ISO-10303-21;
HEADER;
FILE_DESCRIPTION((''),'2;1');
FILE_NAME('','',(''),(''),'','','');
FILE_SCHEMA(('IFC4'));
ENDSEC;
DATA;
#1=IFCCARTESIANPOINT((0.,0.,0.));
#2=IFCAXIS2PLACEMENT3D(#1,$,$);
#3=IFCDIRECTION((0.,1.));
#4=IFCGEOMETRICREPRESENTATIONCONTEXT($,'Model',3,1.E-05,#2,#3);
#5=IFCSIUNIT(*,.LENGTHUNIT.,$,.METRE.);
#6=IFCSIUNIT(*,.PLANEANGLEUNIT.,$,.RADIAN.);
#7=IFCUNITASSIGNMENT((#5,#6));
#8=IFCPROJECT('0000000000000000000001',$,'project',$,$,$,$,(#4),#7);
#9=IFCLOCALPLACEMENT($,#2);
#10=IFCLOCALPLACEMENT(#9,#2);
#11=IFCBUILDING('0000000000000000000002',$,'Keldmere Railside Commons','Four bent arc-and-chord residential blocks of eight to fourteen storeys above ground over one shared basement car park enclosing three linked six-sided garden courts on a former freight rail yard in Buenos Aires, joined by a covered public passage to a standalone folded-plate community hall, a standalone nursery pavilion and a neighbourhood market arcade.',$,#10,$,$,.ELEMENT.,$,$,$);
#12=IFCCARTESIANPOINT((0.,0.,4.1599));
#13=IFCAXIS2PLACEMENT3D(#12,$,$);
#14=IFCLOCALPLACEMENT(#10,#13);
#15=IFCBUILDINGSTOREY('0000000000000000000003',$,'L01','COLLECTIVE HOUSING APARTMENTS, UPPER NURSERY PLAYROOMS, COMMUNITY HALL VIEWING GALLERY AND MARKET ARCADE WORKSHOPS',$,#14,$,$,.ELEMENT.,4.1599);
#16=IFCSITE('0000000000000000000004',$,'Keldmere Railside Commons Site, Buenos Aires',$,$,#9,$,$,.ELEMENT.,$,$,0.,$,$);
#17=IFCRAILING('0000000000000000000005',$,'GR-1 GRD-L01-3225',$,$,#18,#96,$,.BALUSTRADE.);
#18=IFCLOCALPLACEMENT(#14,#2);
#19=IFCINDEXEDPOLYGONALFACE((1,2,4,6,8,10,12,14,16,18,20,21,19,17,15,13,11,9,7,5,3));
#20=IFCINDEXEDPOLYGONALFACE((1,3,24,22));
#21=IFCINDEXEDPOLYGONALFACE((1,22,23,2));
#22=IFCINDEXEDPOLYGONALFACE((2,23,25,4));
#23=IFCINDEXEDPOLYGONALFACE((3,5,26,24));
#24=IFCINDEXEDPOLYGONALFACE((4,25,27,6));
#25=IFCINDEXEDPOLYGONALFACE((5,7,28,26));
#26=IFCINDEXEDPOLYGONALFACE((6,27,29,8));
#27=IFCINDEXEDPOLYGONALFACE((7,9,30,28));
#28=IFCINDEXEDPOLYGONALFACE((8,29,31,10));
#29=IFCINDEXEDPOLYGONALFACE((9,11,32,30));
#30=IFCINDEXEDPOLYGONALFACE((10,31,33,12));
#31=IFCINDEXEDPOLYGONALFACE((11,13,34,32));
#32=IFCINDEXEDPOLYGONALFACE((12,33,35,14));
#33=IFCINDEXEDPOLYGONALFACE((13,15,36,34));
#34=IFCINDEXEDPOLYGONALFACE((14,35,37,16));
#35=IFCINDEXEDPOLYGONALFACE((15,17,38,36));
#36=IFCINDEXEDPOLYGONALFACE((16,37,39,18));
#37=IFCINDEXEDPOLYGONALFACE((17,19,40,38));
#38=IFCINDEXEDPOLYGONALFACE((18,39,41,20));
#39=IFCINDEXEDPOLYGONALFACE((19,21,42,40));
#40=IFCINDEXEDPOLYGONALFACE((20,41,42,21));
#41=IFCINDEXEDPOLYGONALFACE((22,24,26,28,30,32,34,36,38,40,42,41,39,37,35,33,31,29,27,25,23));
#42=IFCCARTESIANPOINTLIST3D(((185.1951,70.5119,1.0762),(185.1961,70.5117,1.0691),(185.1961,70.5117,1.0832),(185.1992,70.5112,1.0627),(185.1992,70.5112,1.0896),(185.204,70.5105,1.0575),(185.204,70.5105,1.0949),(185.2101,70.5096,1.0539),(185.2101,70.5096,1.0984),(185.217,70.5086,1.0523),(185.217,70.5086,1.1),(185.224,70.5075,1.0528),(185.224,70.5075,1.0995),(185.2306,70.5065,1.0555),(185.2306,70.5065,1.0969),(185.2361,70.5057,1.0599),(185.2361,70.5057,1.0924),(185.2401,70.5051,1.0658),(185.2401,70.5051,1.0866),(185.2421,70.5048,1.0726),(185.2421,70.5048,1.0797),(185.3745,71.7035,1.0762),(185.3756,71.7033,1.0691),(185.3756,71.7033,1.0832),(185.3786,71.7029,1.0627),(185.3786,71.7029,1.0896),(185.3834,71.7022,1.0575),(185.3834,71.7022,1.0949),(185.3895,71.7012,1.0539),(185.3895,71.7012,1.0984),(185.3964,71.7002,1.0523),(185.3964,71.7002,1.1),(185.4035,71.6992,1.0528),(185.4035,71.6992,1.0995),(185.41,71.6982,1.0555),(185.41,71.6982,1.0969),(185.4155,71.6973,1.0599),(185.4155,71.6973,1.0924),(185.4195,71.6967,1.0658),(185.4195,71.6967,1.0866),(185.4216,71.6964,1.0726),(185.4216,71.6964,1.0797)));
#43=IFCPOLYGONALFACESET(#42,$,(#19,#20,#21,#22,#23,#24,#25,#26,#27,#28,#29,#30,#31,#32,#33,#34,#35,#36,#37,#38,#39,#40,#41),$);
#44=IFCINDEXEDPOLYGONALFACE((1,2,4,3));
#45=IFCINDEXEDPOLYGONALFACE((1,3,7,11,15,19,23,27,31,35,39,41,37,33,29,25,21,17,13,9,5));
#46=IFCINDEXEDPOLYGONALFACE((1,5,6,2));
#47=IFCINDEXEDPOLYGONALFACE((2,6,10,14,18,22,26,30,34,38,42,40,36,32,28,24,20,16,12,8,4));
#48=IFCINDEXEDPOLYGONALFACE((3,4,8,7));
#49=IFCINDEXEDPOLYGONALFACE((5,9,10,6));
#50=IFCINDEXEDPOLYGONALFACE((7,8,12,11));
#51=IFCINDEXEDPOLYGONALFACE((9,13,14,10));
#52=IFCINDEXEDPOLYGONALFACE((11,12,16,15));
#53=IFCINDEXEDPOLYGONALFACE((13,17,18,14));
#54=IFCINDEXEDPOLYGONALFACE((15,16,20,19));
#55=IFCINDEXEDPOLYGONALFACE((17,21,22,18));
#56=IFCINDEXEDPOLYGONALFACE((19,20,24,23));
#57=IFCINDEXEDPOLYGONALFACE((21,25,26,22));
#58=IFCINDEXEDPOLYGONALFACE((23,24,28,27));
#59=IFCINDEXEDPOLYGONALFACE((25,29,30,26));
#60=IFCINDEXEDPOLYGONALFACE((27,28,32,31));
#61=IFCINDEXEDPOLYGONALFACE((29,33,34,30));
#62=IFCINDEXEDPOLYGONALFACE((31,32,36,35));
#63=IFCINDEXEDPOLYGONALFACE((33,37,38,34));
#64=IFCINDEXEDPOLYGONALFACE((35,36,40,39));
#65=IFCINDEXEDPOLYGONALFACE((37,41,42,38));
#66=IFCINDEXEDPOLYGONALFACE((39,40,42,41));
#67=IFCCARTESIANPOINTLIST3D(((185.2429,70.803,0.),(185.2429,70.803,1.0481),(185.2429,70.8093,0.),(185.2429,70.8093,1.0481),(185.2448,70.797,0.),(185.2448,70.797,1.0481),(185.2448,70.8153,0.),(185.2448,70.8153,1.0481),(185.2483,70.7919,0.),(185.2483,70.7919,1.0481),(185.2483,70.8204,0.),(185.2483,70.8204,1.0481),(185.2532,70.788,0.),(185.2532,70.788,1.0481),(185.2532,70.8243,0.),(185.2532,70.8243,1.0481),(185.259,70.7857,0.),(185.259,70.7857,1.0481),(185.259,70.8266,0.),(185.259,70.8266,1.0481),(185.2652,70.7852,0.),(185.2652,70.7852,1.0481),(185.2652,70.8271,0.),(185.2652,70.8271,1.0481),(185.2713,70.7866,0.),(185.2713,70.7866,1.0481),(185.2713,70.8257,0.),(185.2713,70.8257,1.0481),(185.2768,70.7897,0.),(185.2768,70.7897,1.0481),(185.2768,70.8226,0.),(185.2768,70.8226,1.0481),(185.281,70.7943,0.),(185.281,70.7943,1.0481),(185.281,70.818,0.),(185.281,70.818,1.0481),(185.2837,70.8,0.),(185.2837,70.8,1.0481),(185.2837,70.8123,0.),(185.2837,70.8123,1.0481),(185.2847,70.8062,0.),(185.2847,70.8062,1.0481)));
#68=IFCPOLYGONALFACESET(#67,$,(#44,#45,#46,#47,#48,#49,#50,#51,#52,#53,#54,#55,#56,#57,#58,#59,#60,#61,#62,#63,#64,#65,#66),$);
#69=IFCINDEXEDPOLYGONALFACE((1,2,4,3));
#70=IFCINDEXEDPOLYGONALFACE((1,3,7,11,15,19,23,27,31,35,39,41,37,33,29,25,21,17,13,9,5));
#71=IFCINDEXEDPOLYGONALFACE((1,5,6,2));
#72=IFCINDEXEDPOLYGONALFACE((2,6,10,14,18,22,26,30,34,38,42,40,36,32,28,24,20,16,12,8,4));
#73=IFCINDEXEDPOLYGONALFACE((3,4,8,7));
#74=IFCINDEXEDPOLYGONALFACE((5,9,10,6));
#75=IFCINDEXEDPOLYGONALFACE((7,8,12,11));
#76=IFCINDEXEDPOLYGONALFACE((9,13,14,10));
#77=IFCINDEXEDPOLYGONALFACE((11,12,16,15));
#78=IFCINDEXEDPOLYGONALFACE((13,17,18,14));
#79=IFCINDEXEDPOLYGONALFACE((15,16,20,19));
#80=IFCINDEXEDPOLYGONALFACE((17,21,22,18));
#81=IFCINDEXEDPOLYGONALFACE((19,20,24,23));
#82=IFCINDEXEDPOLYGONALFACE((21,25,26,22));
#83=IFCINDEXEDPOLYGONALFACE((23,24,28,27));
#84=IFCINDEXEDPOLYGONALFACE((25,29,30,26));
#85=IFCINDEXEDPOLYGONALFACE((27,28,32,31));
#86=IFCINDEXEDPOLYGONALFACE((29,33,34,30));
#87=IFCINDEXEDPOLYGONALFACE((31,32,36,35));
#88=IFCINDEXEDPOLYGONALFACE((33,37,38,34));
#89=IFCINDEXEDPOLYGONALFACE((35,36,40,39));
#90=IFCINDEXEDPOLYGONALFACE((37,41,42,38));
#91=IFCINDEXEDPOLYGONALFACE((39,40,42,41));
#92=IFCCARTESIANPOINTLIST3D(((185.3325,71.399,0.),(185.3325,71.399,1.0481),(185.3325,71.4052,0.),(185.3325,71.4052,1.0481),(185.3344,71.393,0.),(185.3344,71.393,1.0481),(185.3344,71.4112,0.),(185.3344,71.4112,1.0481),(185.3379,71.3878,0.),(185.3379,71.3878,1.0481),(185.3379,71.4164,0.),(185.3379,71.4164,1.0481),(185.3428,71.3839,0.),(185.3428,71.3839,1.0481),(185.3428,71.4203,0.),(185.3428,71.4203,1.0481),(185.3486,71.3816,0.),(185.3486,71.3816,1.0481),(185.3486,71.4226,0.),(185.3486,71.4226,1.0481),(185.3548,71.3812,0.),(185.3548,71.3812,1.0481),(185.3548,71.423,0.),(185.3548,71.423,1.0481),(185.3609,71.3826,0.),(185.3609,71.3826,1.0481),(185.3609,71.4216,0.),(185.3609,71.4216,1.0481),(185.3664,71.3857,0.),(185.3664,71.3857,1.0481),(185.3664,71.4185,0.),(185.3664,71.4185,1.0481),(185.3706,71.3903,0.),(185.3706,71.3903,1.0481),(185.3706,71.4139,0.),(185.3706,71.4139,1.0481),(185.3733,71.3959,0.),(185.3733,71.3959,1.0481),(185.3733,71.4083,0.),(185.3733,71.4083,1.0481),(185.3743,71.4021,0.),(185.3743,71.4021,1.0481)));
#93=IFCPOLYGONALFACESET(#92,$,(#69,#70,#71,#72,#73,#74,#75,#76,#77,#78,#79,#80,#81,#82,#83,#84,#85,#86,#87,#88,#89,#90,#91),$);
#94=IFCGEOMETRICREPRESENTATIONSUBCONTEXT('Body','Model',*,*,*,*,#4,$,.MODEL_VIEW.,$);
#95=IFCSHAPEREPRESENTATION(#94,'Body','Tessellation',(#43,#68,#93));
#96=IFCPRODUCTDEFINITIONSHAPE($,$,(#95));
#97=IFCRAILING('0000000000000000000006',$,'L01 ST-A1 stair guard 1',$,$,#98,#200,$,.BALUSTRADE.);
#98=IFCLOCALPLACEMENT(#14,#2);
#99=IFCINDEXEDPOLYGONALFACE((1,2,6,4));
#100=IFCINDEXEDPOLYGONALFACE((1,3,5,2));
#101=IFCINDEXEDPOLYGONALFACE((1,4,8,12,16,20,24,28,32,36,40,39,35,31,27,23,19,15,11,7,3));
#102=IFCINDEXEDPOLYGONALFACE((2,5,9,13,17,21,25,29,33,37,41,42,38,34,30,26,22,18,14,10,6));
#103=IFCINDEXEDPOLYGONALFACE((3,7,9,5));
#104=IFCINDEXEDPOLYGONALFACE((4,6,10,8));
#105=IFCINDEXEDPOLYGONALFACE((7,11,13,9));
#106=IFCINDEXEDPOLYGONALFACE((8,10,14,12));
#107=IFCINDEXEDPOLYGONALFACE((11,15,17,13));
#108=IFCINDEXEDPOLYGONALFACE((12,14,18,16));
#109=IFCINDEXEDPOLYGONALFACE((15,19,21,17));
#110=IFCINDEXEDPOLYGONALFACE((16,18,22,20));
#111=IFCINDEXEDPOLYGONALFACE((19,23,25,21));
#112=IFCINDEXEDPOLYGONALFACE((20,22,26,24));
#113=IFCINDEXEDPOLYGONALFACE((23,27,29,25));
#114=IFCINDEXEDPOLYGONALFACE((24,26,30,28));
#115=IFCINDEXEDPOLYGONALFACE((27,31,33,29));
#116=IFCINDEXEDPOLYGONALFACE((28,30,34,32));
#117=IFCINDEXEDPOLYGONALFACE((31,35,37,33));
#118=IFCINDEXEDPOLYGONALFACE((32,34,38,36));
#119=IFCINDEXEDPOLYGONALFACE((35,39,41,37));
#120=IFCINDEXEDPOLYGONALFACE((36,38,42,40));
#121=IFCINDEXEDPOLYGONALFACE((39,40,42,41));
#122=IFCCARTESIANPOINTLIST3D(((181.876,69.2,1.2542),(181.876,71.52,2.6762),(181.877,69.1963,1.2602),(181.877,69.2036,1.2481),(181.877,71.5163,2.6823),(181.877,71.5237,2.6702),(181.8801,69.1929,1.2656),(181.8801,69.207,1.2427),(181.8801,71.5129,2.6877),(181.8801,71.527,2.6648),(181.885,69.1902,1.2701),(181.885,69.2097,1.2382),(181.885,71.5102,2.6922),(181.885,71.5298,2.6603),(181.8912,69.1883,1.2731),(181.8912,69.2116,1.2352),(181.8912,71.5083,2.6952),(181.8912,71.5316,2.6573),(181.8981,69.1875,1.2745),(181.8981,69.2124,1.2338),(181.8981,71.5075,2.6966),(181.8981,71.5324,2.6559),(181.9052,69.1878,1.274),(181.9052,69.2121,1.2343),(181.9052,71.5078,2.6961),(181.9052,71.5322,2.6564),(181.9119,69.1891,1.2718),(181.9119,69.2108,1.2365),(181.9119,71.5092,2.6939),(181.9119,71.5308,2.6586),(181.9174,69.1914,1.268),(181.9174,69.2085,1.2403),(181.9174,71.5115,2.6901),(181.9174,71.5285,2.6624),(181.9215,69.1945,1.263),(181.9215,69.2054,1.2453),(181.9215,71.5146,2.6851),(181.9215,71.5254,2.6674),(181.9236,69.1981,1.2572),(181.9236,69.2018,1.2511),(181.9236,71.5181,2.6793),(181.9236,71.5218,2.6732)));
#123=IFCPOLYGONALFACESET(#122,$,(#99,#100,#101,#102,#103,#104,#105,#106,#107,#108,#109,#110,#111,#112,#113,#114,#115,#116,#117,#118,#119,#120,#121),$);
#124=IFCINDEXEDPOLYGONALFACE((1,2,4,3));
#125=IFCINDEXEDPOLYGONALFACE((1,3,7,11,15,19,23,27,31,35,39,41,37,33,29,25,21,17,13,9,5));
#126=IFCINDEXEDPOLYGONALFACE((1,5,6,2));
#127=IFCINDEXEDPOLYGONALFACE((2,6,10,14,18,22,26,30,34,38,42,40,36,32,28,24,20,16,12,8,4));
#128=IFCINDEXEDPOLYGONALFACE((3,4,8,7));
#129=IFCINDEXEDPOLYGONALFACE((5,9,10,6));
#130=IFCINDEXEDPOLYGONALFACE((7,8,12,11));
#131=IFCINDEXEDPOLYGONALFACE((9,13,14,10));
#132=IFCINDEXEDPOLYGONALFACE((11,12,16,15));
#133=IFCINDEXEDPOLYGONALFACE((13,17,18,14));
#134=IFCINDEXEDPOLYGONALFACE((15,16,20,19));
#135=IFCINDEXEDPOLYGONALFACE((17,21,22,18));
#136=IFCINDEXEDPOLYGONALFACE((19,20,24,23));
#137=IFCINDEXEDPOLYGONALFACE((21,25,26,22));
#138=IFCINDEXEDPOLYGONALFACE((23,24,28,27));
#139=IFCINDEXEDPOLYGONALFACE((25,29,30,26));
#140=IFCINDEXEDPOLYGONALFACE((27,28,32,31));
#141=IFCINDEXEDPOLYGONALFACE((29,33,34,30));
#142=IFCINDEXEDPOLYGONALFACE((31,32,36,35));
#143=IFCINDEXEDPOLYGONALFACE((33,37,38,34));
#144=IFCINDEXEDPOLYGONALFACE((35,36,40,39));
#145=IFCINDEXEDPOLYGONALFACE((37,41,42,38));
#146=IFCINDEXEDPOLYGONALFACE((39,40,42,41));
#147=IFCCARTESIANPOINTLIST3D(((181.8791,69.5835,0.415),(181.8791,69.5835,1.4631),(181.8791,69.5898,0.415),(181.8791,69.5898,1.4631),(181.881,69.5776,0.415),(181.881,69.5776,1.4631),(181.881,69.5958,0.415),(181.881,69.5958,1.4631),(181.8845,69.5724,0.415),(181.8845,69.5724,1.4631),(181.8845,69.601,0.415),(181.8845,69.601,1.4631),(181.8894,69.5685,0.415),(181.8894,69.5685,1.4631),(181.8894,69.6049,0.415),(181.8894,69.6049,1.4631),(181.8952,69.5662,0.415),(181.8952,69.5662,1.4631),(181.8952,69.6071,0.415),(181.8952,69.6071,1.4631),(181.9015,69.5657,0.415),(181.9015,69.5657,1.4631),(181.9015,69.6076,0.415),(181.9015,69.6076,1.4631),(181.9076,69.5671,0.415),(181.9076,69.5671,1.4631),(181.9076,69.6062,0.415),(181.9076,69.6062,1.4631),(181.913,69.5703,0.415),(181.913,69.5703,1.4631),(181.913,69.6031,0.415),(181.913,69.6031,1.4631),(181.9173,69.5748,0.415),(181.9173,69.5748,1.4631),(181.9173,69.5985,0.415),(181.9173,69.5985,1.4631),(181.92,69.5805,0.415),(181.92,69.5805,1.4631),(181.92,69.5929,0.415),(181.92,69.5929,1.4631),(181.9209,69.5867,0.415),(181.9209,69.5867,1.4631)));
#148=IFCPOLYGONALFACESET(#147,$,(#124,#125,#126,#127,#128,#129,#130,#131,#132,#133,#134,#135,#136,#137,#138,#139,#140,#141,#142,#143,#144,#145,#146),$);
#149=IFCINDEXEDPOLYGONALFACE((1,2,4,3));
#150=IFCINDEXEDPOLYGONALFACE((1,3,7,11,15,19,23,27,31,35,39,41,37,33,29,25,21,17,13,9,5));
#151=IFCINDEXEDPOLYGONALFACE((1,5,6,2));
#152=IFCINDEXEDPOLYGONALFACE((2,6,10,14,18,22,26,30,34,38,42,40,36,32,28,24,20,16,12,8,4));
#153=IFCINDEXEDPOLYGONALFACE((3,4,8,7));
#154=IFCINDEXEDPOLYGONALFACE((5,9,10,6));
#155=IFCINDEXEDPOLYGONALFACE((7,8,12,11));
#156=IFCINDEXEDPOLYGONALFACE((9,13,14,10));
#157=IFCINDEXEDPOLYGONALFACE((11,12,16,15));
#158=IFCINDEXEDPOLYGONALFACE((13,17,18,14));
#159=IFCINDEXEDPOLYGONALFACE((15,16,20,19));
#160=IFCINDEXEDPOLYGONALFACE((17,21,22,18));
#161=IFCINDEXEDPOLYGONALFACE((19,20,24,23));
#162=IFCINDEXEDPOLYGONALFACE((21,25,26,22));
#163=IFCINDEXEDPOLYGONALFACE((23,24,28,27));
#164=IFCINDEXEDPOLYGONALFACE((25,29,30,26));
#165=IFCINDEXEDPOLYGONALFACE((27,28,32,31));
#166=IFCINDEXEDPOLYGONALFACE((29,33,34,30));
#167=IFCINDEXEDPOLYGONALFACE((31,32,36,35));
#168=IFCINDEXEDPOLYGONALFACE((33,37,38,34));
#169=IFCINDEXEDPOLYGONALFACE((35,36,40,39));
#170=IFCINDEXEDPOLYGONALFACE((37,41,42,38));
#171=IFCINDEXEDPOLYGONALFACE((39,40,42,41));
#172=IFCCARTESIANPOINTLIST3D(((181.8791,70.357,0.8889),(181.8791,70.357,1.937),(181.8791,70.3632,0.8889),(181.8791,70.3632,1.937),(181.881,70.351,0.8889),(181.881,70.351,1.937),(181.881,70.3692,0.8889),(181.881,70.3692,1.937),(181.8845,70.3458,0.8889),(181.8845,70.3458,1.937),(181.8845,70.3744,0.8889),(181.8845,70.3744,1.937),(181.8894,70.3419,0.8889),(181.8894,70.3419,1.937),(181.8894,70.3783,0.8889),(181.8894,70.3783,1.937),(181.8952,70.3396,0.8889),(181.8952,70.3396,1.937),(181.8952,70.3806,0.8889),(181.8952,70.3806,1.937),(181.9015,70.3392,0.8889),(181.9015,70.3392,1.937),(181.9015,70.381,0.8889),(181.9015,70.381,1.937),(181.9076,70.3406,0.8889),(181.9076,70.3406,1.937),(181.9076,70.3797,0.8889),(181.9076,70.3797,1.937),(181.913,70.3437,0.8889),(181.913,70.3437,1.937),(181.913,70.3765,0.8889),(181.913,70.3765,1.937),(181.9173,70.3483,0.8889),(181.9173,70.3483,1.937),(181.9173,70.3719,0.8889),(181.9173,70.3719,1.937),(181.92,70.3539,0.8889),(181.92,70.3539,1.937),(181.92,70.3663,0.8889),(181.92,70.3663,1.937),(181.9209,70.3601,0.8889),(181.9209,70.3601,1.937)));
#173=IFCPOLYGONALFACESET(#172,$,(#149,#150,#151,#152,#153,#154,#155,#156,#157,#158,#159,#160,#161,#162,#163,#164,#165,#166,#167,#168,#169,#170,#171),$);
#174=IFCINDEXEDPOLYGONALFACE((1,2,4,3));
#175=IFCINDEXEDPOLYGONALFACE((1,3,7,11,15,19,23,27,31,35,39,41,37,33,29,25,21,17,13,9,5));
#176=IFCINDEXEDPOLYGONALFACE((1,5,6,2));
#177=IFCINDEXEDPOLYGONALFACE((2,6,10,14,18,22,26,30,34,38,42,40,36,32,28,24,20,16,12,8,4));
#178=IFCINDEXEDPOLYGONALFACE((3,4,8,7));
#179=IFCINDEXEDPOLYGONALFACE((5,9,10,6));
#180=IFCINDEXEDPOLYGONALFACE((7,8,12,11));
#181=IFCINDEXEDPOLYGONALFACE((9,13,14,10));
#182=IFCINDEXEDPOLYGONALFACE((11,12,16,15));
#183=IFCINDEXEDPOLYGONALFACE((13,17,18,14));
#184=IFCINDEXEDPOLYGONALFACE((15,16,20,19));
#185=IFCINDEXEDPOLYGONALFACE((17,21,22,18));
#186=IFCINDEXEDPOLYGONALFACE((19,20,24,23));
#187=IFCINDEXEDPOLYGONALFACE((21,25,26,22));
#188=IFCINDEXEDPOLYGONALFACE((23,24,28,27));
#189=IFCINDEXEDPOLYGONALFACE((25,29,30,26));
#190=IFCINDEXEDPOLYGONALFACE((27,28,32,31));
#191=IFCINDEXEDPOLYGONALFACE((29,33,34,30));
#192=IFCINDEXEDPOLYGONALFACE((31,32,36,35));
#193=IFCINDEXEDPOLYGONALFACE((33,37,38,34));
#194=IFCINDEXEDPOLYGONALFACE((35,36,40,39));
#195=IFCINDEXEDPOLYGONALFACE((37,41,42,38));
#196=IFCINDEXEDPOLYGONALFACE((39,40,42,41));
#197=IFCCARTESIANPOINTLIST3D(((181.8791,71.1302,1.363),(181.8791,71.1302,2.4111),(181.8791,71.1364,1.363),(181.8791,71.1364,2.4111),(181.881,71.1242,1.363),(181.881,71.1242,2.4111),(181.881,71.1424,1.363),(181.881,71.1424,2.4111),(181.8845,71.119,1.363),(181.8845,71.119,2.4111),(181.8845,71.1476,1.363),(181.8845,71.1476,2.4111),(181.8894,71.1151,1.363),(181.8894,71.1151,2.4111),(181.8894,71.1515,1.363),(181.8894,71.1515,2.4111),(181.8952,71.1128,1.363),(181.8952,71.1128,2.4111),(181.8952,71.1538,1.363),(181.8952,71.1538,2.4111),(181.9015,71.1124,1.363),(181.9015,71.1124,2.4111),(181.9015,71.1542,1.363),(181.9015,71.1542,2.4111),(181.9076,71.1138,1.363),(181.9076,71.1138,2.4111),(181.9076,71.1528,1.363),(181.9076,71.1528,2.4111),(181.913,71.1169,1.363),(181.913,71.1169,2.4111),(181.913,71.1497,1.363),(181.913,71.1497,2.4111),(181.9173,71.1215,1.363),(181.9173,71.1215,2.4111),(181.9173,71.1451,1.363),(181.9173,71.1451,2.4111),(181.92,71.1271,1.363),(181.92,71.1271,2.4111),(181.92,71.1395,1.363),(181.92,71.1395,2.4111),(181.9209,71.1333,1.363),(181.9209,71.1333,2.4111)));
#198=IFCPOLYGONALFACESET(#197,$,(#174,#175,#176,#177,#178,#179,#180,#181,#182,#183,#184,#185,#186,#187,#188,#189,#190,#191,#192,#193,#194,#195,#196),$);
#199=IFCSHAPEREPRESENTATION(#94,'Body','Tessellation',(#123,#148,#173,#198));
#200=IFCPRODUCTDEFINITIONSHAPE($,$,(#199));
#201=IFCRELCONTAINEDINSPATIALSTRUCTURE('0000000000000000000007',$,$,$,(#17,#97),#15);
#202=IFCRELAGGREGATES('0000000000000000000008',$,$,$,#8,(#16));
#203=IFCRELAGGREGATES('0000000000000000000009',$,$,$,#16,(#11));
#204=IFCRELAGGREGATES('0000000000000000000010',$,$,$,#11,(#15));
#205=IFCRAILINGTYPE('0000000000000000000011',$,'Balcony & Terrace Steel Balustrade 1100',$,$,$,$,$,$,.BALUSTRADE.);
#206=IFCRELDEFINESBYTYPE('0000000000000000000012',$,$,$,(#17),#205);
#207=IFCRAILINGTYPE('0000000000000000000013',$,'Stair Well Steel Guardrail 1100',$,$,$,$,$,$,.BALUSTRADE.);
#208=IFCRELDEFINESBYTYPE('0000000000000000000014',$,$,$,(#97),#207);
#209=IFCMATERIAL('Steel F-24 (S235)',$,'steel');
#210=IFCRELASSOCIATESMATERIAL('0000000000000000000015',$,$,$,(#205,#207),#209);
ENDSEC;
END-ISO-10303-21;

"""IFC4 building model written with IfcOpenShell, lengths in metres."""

from ifc_helpers import new_model, si_unit, direction, frame, origin, origin_2d, place, context, subcontext, project, spatial, circle, extrude, material, type_object, element, save


model = new_model("IFC4")

# Units and contexts
model_context = context("Model", 3, precision=1e-05, world=origin(), true_north=direction((0.0, 1.0)))
body_context = subcontext(model_context, "Body", "Model", "MODEL_VIEW")
ifc_project = project(units=[si_unit("LENGTHUNIT", "METRE"), si_unit("PLANEANGLEUNIT", "RADIAN")], contexts=[model_context])

# Site, building, storey
site_placement = place(None, origin())
site = spatial("IfcSite", under=ifc_project, at=site_placement, Name="Keldmere Railside Commons Site, Buenos Aires", CompositionType="ELEMENT", RefElevation=0.0)
building_placement = place(site_placement, origin())
building = spatial("IfcBuilding", under=site, at=building_placement, Name="Keldmere Railside Commons", Description="Four bent arc-and-chord residential blocks of eight to fourteen storeys above ground over one shared basement car park enclosing three linked six-sided garden courts on a former freight rail yard in Buenos Aires, joined by a covered public passage to a standalone folded-plate community hall, a standalone nursery pavilion and a neighbourhood market arcade.", CompositionType="ELEMENT")
storey_placement = place(building_placement, frame((0.0, 0.0, 4.1599)))
storey = spatial("IfcBuildingStorey", under=building, at=storey_placement, Name="L01", Description="COLLECTIVE HOUSING APARTMENTS, UPPER NURSERY PLAYROOMS, COMMUNITY HALL VIEWING GALLERY AND MARKET ARCADE WORKSHOPS", CompositionType="ELEMENT", Elevation=4.1599)

# Railings
ifc_material_1 = material(Name="Steel F-24 (S235)", Category="steel")
railing_type_1 = type_object("IfcRailingType", Name="Balcony & Terrace Steel Balustrade 1100", PredefinedType="BALUSTRADE", material=ifc_material_1)
railing_1_placement = place(storey_placement, frame((185.2188, 70.5083, 0.0)))
element("IfcRailing", 1, at=railing_1_placement, inside=storey, type_object=railing_type_1, Name="GR-1 GRD-L01-3225", PredefinedType="BALUSTRADE", context=body_context, shape_type="SweptSolid", body=[
    extrude(circle(Radius=0.0239, at=origin_2d()), frame((0.0, 0.0, 1.0762), z_axis=(0.148905, 0.988851, 0.0), x_axis=(-0.988851, 0.148905, 0.0)), (0.0, 0.0, 1.0), 1.2051),
    extrude(circle(Radius=0.021, at=origin_2d()), frame((0.0449, 0.2979, 0.0)), (0.0, 0.0, 1.0), 1.0481),
    extrude(circle(Radius=0.021, at=origin_2d()), frame((0.1345, 0.8938, 0.0)), (0.0, 0.0, 1.0), 1.0481),
])
railing_type_2 = type_object("IfcRailingType", Name="Stair Well Steel Guardrail 1100", PredefinedType="BALUSTRADE", material=ifc_material_1)
railing_2_placement = place(storey_placement, frame((181.8999, 69.2, 0.178)))
element("IfcRailing", 2, at=railing_2_placement, inside=storey, type_object=railing_type_2, Name="L01 ST-A1 stair guard 1", PredefinedType="BALUSTRADE", context=body_context, shape_type="SweptSolid", body=[
    extrude(circle(Radius=0.0239, at=origin_2d()), frame((0.0, 0.0, 1.0762), z_axis=(0.0, 0.852578, 0.5226), x_axis=(-1.0, 0.0, 0.0)), (0.0, 0.0, 1.0), 2.7212),
    extrude(circle(Radius=0.021, at=origin_2d()), frame((0.0, 0.3867, 0.2371)), (0.0, 0.0, 1.0), 1.0481),
    extrude(circle(Radius=0.021, at=origin_2d()), frame((0.0, 1.1602, 0.7109)), (0.0, 0.0, 1.0), 1.0481),
    extrude(circle(Radius=0.021, at=origin_2d()), frame((0.0, 1.9333, 1.1851)), (0.0, 0.0, 1.0), 1.0481),
])

save(model, "model.ifc")
